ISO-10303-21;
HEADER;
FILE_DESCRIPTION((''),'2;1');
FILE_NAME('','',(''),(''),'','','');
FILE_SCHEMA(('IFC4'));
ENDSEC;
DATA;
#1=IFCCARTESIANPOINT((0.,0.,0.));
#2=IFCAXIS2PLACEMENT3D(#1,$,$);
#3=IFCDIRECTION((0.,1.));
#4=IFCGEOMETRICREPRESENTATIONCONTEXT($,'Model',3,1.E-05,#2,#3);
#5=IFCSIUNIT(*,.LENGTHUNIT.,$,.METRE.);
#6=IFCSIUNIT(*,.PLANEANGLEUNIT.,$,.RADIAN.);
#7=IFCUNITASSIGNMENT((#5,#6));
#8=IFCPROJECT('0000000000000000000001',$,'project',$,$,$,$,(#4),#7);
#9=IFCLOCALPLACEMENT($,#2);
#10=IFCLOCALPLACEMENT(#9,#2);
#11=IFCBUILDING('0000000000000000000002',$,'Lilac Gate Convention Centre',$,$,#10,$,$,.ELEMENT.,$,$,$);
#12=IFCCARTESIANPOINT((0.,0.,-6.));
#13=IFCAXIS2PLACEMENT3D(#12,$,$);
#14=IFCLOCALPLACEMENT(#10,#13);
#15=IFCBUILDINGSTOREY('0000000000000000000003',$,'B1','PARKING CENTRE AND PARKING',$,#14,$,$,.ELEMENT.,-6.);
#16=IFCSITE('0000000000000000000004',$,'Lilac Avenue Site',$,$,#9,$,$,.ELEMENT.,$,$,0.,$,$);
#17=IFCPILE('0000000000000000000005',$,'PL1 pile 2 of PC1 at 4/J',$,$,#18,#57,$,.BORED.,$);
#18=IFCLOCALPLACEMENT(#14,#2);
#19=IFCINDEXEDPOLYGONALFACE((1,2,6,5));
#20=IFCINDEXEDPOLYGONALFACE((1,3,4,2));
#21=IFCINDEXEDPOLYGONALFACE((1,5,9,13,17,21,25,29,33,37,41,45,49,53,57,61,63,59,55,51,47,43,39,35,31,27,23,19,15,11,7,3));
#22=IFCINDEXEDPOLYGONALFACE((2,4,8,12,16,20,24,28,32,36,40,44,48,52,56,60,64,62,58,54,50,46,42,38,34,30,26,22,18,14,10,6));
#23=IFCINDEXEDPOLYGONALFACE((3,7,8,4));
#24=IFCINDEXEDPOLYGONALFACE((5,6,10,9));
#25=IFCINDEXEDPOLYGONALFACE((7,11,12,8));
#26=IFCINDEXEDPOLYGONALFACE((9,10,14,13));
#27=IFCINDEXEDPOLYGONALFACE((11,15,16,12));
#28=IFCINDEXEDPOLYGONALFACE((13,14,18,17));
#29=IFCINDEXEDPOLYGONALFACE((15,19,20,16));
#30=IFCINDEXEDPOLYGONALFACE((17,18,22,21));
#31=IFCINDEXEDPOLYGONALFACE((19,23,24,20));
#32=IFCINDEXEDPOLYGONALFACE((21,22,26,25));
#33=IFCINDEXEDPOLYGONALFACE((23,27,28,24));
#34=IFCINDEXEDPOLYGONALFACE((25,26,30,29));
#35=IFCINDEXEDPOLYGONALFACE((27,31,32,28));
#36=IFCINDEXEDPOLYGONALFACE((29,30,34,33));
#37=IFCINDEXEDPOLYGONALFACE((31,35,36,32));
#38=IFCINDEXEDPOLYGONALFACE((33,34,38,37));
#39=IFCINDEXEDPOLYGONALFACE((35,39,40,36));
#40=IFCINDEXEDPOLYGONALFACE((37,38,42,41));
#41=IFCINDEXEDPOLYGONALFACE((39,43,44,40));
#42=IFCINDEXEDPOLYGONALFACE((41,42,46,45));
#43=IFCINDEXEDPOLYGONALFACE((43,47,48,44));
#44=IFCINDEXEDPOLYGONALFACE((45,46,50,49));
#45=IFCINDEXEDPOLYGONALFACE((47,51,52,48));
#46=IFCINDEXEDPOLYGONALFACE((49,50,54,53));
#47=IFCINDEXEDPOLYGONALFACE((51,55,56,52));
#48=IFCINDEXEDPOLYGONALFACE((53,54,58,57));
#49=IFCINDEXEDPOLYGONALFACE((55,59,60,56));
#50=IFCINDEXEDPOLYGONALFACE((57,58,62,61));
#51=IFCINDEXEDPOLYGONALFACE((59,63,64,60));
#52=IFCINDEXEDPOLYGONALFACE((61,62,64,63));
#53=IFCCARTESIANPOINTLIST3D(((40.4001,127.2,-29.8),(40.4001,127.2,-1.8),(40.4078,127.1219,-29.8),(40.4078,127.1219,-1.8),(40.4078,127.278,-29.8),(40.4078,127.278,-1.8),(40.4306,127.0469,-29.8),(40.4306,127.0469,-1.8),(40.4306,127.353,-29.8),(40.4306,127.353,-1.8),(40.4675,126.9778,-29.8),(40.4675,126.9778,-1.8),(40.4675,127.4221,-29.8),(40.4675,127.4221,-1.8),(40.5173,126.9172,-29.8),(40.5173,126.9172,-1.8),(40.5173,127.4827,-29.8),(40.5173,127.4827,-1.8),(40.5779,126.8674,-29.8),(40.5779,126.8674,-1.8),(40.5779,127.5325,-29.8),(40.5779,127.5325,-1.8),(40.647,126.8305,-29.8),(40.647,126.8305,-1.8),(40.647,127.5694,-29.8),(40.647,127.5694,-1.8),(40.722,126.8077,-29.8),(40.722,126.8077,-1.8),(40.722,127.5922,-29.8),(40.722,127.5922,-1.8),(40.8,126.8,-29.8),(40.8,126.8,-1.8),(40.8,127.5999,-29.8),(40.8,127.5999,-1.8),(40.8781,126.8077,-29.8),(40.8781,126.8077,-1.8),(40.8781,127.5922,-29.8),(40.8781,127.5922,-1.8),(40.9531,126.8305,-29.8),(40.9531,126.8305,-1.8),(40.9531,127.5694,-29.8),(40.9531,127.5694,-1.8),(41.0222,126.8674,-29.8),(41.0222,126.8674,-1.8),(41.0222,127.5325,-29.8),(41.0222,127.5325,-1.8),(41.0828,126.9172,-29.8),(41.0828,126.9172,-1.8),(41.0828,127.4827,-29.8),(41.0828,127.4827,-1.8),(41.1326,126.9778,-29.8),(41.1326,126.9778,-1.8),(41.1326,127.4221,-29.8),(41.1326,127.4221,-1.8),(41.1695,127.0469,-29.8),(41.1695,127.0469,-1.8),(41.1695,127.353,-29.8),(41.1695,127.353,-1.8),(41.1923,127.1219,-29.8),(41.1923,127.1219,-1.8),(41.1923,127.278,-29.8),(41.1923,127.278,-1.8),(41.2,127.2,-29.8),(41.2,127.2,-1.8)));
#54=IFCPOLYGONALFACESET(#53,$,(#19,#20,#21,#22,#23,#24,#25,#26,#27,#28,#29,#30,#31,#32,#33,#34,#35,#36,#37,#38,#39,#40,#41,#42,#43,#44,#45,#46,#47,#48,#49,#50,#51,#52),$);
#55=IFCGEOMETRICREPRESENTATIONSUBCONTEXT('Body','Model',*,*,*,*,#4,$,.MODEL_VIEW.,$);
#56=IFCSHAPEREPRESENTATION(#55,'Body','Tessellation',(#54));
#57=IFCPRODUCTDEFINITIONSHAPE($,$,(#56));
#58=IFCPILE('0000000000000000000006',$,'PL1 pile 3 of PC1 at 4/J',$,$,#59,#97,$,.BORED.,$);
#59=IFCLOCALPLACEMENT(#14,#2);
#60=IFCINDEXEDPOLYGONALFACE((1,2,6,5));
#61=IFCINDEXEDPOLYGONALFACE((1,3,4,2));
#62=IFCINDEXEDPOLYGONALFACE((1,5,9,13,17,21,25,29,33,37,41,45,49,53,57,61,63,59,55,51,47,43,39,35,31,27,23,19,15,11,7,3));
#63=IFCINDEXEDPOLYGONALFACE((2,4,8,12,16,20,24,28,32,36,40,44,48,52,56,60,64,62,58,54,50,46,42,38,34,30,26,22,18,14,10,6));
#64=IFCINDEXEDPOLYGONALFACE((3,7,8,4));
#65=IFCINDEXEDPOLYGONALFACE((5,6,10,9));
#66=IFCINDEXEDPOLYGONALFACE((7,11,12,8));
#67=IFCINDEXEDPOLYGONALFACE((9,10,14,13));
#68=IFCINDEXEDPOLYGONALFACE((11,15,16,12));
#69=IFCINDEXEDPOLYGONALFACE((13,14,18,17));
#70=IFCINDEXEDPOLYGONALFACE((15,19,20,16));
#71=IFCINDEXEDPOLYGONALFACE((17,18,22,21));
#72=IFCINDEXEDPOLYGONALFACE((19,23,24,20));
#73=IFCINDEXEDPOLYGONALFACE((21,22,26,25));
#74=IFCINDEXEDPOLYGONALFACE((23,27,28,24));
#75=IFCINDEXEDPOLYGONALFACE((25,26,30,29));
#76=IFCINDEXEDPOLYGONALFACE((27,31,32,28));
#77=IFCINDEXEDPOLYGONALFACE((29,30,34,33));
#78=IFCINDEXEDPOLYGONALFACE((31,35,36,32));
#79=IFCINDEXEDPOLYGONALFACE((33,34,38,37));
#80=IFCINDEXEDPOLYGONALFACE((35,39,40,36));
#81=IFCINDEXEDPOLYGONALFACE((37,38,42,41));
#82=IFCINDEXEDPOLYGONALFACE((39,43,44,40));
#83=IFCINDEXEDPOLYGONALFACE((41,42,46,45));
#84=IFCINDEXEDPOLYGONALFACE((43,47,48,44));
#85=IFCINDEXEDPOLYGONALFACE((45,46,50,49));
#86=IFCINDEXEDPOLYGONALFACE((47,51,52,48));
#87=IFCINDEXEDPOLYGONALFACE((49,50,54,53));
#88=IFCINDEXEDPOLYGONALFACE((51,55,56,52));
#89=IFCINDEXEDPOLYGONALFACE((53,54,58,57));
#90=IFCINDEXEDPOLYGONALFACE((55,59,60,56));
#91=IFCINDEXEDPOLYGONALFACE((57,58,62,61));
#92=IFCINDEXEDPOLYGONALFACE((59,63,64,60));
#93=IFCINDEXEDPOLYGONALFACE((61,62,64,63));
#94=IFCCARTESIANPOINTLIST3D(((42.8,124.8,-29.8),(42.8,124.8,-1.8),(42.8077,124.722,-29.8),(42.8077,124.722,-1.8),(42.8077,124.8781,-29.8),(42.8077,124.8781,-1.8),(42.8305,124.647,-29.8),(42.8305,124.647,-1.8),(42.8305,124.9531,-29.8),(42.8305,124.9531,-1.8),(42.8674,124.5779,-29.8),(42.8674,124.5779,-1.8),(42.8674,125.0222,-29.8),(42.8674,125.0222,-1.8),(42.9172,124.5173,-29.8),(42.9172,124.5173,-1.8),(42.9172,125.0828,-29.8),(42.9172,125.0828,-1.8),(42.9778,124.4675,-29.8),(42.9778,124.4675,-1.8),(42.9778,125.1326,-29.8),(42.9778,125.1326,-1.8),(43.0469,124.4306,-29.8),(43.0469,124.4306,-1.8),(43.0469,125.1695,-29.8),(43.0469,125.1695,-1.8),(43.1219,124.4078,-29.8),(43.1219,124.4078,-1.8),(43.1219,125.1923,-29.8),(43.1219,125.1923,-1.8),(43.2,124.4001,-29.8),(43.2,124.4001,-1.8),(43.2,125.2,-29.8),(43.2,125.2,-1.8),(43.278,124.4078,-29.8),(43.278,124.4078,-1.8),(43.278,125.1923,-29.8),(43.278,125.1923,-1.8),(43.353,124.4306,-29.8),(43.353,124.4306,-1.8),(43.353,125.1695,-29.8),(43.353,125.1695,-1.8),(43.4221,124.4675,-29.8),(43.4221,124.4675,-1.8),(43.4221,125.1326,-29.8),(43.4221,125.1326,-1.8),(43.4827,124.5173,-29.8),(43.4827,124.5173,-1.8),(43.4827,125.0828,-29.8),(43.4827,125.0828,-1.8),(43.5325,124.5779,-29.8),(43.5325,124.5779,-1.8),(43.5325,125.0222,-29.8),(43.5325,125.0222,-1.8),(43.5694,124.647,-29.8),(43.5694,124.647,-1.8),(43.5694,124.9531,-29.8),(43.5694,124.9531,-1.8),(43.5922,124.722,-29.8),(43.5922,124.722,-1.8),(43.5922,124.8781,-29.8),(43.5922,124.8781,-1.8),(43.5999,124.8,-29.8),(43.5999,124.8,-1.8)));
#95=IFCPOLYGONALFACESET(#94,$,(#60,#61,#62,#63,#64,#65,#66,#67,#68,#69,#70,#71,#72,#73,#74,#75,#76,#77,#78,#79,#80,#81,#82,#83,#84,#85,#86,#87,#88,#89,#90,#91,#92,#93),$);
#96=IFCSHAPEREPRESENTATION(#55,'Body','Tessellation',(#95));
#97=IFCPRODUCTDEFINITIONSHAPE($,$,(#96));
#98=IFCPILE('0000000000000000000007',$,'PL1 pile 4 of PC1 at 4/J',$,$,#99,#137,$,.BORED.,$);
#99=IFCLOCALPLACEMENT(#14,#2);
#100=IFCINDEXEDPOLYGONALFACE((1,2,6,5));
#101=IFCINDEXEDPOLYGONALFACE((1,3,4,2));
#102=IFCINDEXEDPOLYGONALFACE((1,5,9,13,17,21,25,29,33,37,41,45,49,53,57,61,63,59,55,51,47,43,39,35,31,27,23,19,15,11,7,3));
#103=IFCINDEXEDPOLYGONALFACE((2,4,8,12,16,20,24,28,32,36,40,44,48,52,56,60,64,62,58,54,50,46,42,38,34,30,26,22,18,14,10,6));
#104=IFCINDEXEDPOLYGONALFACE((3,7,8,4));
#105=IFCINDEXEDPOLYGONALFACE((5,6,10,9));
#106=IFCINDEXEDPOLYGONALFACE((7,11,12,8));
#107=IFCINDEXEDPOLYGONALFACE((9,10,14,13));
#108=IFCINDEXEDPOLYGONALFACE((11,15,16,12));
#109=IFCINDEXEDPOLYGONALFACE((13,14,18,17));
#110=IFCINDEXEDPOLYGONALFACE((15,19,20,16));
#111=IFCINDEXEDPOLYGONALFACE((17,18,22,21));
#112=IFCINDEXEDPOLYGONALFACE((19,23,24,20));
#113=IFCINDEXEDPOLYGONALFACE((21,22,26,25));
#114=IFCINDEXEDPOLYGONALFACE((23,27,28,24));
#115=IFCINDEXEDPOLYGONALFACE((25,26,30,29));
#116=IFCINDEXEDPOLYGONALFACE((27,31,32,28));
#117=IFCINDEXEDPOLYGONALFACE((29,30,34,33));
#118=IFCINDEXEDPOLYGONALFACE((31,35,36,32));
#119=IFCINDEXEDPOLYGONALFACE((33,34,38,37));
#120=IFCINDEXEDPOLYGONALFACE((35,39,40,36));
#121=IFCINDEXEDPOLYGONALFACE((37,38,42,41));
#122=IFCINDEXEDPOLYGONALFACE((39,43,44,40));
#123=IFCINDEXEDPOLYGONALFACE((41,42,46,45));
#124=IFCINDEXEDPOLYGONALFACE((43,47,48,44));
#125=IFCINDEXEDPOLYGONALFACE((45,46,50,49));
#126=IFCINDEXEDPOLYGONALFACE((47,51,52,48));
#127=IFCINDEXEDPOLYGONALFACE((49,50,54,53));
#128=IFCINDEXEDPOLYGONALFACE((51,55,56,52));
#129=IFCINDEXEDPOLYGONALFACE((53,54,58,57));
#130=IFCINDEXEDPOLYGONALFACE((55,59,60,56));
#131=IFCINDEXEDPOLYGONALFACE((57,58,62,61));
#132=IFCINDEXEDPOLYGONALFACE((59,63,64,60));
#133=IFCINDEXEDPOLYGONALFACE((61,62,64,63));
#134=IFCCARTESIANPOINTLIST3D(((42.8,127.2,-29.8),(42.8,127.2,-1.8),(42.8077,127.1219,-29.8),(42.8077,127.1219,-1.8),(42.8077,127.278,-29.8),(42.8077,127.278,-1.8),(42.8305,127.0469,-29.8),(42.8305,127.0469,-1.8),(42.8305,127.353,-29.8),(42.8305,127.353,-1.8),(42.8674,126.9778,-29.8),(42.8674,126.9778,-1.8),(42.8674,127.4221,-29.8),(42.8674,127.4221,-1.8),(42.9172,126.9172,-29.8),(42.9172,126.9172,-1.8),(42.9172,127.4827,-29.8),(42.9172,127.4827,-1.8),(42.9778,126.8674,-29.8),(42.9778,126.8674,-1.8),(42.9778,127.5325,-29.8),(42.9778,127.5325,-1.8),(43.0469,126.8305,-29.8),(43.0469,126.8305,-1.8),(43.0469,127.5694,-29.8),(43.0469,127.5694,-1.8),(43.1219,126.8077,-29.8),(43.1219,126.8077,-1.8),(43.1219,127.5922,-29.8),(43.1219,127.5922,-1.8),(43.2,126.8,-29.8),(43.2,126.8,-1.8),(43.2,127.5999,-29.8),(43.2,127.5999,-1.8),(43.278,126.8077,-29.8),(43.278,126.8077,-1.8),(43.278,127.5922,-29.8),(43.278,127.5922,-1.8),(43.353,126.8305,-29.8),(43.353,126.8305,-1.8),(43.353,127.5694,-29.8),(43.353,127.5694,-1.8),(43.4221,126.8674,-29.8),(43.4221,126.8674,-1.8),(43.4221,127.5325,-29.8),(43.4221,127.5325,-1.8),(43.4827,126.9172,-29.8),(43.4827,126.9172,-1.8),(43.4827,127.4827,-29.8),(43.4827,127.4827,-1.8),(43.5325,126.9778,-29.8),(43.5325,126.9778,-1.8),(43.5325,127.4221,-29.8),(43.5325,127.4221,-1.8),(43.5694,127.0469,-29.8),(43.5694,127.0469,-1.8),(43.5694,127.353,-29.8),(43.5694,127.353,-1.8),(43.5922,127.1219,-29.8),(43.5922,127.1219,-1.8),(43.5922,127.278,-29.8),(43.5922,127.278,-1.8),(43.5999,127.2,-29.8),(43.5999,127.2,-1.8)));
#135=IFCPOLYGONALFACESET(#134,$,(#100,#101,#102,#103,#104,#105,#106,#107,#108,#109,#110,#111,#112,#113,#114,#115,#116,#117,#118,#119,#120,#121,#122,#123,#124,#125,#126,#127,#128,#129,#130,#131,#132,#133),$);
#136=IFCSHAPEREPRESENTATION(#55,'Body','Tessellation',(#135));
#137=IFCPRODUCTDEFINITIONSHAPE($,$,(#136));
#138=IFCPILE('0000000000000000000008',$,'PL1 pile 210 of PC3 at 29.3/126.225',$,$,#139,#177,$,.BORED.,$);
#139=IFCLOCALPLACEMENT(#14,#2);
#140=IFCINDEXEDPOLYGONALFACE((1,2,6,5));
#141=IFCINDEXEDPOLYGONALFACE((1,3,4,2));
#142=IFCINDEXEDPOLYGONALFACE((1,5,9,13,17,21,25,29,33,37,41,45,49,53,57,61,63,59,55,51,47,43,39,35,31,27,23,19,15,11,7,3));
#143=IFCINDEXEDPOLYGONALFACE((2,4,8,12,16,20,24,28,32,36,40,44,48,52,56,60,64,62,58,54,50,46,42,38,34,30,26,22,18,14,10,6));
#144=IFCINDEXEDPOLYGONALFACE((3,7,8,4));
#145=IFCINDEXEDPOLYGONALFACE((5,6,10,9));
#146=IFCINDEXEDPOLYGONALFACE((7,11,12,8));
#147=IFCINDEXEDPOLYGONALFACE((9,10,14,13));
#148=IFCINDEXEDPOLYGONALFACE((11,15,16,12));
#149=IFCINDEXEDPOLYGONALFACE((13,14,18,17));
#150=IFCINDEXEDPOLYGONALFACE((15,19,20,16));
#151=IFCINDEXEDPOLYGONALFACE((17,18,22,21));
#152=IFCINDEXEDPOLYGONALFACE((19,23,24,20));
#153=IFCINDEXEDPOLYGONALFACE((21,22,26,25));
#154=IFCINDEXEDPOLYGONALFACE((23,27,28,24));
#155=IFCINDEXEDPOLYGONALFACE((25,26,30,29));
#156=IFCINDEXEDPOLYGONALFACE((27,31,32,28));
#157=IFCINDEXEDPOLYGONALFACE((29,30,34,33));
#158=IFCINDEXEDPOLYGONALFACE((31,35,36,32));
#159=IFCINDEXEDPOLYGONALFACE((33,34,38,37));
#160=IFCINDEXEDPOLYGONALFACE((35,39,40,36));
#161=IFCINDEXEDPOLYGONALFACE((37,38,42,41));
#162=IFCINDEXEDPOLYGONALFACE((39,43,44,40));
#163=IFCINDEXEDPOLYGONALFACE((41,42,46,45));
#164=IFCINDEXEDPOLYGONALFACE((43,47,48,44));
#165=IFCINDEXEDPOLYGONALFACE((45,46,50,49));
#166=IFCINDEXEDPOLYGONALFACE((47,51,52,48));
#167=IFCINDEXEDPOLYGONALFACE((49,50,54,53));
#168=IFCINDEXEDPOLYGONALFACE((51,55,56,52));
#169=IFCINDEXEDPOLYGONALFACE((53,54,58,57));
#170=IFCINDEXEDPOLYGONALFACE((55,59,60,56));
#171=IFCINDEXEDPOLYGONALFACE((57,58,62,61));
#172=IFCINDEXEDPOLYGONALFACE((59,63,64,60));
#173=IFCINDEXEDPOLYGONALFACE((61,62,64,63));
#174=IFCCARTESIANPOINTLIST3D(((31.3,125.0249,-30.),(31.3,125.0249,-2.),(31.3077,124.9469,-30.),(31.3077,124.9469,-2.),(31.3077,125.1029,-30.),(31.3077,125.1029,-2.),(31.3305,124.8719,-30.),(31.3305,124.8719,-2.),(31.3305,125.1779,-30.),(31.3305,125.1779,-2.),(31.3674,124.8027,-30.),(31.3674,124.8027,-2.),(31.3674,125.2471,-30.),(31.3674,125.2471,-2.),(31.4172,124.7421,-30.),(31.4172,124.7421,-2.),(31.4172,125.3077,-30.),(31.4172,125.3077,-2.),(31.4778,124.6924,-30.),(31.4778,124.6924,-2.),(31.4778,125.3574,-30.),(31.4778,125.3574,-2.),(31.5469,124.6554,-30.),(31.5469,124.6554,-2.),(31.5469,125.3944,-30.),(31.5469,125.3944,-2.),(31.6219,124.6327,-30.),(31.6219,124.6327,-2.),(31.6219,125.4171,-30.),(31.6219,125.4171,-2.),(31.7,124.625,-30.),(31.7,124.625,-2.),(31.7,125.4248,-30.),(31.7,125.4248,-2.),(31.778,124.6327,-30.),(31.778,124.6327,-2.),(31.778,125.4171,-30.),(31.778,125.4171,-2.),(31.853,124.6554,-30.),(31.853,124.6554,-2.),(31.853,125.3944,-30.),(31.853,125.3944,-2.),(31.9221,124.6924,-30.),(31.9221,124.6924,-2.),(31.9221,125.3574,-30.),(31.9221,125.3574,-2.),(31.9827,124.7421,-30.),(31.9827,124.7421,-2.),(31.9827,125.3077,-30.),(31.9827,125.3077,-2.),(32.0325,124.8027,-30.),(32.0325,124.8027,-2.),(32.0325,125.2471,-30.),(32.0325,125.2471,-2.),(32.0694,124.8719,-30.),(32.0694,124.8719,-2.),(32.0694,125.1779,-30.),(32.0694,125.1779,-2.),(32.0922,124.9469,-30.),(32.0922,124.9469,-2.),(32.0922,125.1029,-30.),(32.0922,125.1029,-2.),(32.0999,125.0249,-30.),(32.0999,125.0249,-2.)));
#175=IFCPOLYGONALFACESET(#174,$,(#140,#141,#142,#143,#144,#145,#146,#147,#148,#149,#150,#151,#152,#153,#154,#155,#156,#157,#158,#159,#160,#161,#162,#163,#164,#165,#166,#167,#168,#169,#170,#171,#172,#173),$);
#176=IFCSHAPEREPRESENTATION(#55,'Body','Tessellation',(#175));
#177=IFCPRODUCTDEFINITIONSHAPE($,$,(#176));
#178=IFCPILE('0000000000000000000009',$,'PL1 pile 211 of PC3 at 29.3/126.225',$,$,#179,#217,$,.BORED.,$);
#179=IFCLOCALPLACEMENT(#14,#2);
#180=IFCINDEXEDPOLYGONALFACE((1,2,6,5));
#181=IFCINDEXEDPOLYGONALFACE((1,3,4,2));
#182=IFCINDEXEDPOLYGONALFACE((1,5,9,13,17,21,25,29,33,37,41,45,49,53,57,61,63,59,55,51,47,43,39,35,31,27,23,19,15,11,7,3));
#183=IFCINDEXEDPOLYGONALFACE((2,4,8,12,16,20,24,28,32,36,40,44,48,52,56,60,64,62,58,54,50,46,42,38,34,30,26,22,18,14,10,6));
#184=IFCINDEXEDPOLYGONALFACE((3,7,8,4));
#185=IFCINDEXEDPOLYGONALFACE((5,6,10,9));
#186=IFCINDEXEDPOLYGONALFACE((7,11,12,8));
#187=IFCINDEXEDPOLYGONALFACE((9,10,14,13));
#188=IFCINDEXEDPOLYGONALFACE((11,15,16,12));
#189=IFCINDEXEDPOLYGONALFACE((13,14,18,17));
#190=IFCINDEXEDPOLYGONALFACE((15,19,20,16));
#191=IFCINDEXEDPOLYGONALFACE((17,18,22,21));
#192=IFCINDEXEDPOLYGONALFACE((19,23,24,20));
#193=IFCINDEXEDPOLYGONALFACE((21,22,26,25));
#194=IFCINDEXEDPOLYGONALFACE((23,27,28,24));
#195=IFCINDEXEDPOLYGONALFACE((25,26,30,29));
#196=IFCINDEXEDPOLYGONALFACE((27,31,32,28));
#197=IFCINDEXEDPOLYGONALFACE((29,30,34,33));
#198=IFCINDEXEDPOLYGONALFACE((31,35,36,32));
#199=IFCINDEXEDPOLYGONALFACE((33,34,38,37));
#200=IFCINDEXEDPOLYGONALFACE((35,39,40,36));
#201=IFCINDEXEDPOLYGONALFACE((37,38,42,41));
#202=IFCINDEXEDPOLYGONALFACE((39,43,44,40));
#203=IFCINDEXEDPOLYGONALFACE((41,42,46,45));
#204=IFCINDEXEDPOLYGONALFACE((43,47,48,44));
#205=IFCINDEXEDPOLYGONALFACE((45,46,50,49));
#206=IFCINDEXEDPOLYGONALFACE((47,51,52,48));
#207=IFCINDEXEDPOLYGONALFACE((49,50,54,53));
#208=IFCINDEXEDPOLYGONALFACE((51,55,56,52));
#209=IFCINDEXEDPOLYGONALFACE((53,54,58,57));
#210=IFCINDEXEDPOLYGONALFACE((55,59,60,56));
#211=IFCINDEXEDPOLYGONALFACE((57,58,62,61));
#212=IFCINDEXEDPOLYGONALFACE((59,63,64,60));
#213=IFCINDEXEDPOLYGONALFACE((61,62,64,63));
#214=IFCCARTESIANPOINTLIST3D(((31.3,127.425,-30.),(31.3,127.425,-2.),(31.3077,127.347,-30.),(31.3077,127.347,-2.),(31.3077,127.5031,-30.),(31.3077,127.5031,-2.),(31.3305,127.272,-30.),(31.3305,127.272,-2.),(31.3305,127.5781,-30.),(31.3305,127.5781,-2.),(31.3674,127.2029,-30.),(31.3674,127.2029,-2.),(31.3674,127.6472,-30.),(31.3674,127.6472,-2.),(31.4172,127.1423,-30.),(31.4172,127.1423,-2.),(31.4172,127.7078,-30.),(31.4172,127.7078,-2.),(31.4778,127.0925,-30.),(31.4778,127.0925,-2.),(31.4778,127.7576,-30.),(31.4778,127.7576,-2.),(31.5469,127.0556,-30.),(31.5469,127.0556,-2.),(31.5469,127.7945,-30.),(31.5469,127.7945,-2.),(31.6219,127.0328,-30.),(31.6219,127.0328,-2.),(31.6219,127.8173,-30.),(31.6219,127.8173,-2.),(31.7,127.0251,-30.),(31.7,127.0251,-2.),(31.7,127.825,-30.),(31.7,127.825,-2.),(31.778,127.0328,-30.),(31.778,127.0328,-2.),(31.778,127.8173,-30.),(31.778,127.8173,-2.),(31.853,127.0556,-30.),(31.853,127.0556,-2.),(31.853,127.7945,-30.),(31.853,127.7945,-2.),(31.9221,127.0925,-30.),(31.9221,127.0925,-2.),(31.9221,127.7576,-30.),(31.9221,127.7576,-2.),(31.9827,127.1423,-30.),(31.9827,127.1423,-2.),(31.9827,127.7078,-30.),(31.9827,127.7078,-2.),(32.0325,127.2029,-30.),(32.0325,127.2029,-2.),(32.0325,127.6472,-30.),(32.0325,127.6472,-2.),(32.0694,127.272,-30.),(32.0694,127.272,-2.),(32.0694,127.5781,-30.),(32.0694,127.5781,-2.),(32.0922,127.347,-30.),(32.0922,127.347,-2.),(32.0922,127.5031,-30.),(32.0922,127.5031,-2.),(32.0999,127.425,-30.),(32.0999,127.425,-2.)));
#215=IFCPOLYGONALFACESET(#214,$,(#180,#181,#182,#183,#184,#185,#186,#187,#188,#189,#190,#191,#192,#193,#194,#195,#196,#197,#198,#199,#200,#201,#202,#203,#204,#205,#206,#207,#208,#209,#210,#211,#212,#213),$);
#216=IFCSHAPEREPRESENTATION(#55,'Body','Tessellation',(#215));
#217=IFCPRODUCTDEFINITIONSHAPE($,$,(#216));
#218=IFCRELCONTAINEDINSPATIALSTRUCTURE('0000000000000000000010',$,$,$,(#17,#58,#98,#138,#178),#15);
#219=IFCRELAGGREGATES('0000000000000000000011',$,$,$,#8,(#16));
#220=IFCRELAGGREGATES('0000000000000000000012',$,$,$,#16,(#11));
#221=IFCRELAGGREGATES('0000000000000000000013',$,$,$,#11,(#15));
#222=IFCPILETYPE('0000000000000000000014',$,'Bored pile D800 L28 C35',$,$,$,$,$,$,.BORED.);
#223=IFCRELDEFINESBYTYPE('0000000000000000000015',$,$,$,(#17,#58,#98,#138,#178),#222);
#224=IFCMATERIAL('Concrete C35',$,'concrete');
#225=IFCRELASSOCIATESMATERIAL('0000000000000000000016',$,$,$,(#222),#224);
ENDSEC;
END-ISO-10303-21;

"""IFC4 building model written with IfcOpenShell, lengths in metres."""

from ifc_helpers import new_model, si_unit, direction, frame, origin, origin_2d, place, context, subcontext, project, spatial, circle, extrude, material, material_profile, profile_set, type_object, element, save


model = new_model("IFC4")

# Units and contexts
model_context = context("Model", 3, precision=1e-05, world=origin(), true_north=direction((0.0, 1.0)))
body_context = subcontext(model_context, "Body", "Model", "MODEL_VIEW")
ifc_project = project(units=[si_unit("LENGTHUNIT", "METRE"), si_unit("PLANEANGLEUNIT", "RADIAN")], contexts=[model_context])

# Site, building, storey
site_placement = place(None, origin())
site = spatial("IfcSite", under=ifc_project, at=site_placement, Name="Lilac Avenue Site", CompositionType="ELEMENT", RefElevation=0.0)
building_placement = place(site_placement, origin())
building = spatial("IfcBuilding", under=site, at=building_placement, Name="Lilac Gate Convention Centre", CompositionType="ELEMENT")
storey_placement = place(building_placement, frame((0.0, 0.0, -6.0)))
storey = spatial("IfcBuildingStorey", under=building, at=storey_placement, Name="B1", Description="PARKING CENTRE AND PARKING", CompositionType="ELEMENT", Elevation=-6.0)

# Piles
ifc_material_1 = material(Name="Concrete C35", Category="concrete")
ifc_material_profile_1 = material_profile(ifc_material_1, circle(Radius=0.3999, at=origin_2d()), Name="D800")
ifc_profile_set_1 = profile_set([ifc_material_profile_1], Name="Concrete C35")
pile_type = type_object("IfcPileType", Name="Bored pile D800 L28 C35", PredefinedType="BORED", material=ifc_profile_set_1)
for number, where, z_axis, x_axis, name in (
    (1, (40.8, 127.2, -1.8), (0.0, 0.0, -1.0), (1.0, 0.0, 0.0), "PL1 pile 2 of PC1 at 4/J"),
    (2, (43.2, 124.8, -1.8), (0.0, 0.0, -1.0), (1.0, 0.0, 0.0), "PL1 pile 3 of PC1 at 4/J"),
    (3, (43.2, 127.2, -1.8), (0.0, 0.0, -1.0), (1.0, 0.0, 0.0), "PL1 pile 4 of PC1 at 4/J"),
    (4, (31.7, 125.0249, -2.0), (0.0, 0.0, -1.0), (1.0, 0.0, 0.0), "PL1 pile 210 of PC3 at 29.3/126.225"),
    (5, (31.7, 127.425, -2.0), (0.0, 0.0, -1.0), (1.0, 0.0, 0.0), "PL1 pile 211 of PC3 at 29.3/126.225"),
):
    element("IfcPile", number, at=place(storey_placement, frame(where, z_axis=z_axis, x_axis=x_axis)), inside=storey, type_object=pile_type, Name=name, PredefinedType="BORED", context=body_context, shape_type="SweptSolid", body=[
        extrude(circle(Radius=0.3999, at=origin_2d()), origin(), (0.0, 0.0, 1.0), 28.0),
    ])

save(model, "model.ifc")
